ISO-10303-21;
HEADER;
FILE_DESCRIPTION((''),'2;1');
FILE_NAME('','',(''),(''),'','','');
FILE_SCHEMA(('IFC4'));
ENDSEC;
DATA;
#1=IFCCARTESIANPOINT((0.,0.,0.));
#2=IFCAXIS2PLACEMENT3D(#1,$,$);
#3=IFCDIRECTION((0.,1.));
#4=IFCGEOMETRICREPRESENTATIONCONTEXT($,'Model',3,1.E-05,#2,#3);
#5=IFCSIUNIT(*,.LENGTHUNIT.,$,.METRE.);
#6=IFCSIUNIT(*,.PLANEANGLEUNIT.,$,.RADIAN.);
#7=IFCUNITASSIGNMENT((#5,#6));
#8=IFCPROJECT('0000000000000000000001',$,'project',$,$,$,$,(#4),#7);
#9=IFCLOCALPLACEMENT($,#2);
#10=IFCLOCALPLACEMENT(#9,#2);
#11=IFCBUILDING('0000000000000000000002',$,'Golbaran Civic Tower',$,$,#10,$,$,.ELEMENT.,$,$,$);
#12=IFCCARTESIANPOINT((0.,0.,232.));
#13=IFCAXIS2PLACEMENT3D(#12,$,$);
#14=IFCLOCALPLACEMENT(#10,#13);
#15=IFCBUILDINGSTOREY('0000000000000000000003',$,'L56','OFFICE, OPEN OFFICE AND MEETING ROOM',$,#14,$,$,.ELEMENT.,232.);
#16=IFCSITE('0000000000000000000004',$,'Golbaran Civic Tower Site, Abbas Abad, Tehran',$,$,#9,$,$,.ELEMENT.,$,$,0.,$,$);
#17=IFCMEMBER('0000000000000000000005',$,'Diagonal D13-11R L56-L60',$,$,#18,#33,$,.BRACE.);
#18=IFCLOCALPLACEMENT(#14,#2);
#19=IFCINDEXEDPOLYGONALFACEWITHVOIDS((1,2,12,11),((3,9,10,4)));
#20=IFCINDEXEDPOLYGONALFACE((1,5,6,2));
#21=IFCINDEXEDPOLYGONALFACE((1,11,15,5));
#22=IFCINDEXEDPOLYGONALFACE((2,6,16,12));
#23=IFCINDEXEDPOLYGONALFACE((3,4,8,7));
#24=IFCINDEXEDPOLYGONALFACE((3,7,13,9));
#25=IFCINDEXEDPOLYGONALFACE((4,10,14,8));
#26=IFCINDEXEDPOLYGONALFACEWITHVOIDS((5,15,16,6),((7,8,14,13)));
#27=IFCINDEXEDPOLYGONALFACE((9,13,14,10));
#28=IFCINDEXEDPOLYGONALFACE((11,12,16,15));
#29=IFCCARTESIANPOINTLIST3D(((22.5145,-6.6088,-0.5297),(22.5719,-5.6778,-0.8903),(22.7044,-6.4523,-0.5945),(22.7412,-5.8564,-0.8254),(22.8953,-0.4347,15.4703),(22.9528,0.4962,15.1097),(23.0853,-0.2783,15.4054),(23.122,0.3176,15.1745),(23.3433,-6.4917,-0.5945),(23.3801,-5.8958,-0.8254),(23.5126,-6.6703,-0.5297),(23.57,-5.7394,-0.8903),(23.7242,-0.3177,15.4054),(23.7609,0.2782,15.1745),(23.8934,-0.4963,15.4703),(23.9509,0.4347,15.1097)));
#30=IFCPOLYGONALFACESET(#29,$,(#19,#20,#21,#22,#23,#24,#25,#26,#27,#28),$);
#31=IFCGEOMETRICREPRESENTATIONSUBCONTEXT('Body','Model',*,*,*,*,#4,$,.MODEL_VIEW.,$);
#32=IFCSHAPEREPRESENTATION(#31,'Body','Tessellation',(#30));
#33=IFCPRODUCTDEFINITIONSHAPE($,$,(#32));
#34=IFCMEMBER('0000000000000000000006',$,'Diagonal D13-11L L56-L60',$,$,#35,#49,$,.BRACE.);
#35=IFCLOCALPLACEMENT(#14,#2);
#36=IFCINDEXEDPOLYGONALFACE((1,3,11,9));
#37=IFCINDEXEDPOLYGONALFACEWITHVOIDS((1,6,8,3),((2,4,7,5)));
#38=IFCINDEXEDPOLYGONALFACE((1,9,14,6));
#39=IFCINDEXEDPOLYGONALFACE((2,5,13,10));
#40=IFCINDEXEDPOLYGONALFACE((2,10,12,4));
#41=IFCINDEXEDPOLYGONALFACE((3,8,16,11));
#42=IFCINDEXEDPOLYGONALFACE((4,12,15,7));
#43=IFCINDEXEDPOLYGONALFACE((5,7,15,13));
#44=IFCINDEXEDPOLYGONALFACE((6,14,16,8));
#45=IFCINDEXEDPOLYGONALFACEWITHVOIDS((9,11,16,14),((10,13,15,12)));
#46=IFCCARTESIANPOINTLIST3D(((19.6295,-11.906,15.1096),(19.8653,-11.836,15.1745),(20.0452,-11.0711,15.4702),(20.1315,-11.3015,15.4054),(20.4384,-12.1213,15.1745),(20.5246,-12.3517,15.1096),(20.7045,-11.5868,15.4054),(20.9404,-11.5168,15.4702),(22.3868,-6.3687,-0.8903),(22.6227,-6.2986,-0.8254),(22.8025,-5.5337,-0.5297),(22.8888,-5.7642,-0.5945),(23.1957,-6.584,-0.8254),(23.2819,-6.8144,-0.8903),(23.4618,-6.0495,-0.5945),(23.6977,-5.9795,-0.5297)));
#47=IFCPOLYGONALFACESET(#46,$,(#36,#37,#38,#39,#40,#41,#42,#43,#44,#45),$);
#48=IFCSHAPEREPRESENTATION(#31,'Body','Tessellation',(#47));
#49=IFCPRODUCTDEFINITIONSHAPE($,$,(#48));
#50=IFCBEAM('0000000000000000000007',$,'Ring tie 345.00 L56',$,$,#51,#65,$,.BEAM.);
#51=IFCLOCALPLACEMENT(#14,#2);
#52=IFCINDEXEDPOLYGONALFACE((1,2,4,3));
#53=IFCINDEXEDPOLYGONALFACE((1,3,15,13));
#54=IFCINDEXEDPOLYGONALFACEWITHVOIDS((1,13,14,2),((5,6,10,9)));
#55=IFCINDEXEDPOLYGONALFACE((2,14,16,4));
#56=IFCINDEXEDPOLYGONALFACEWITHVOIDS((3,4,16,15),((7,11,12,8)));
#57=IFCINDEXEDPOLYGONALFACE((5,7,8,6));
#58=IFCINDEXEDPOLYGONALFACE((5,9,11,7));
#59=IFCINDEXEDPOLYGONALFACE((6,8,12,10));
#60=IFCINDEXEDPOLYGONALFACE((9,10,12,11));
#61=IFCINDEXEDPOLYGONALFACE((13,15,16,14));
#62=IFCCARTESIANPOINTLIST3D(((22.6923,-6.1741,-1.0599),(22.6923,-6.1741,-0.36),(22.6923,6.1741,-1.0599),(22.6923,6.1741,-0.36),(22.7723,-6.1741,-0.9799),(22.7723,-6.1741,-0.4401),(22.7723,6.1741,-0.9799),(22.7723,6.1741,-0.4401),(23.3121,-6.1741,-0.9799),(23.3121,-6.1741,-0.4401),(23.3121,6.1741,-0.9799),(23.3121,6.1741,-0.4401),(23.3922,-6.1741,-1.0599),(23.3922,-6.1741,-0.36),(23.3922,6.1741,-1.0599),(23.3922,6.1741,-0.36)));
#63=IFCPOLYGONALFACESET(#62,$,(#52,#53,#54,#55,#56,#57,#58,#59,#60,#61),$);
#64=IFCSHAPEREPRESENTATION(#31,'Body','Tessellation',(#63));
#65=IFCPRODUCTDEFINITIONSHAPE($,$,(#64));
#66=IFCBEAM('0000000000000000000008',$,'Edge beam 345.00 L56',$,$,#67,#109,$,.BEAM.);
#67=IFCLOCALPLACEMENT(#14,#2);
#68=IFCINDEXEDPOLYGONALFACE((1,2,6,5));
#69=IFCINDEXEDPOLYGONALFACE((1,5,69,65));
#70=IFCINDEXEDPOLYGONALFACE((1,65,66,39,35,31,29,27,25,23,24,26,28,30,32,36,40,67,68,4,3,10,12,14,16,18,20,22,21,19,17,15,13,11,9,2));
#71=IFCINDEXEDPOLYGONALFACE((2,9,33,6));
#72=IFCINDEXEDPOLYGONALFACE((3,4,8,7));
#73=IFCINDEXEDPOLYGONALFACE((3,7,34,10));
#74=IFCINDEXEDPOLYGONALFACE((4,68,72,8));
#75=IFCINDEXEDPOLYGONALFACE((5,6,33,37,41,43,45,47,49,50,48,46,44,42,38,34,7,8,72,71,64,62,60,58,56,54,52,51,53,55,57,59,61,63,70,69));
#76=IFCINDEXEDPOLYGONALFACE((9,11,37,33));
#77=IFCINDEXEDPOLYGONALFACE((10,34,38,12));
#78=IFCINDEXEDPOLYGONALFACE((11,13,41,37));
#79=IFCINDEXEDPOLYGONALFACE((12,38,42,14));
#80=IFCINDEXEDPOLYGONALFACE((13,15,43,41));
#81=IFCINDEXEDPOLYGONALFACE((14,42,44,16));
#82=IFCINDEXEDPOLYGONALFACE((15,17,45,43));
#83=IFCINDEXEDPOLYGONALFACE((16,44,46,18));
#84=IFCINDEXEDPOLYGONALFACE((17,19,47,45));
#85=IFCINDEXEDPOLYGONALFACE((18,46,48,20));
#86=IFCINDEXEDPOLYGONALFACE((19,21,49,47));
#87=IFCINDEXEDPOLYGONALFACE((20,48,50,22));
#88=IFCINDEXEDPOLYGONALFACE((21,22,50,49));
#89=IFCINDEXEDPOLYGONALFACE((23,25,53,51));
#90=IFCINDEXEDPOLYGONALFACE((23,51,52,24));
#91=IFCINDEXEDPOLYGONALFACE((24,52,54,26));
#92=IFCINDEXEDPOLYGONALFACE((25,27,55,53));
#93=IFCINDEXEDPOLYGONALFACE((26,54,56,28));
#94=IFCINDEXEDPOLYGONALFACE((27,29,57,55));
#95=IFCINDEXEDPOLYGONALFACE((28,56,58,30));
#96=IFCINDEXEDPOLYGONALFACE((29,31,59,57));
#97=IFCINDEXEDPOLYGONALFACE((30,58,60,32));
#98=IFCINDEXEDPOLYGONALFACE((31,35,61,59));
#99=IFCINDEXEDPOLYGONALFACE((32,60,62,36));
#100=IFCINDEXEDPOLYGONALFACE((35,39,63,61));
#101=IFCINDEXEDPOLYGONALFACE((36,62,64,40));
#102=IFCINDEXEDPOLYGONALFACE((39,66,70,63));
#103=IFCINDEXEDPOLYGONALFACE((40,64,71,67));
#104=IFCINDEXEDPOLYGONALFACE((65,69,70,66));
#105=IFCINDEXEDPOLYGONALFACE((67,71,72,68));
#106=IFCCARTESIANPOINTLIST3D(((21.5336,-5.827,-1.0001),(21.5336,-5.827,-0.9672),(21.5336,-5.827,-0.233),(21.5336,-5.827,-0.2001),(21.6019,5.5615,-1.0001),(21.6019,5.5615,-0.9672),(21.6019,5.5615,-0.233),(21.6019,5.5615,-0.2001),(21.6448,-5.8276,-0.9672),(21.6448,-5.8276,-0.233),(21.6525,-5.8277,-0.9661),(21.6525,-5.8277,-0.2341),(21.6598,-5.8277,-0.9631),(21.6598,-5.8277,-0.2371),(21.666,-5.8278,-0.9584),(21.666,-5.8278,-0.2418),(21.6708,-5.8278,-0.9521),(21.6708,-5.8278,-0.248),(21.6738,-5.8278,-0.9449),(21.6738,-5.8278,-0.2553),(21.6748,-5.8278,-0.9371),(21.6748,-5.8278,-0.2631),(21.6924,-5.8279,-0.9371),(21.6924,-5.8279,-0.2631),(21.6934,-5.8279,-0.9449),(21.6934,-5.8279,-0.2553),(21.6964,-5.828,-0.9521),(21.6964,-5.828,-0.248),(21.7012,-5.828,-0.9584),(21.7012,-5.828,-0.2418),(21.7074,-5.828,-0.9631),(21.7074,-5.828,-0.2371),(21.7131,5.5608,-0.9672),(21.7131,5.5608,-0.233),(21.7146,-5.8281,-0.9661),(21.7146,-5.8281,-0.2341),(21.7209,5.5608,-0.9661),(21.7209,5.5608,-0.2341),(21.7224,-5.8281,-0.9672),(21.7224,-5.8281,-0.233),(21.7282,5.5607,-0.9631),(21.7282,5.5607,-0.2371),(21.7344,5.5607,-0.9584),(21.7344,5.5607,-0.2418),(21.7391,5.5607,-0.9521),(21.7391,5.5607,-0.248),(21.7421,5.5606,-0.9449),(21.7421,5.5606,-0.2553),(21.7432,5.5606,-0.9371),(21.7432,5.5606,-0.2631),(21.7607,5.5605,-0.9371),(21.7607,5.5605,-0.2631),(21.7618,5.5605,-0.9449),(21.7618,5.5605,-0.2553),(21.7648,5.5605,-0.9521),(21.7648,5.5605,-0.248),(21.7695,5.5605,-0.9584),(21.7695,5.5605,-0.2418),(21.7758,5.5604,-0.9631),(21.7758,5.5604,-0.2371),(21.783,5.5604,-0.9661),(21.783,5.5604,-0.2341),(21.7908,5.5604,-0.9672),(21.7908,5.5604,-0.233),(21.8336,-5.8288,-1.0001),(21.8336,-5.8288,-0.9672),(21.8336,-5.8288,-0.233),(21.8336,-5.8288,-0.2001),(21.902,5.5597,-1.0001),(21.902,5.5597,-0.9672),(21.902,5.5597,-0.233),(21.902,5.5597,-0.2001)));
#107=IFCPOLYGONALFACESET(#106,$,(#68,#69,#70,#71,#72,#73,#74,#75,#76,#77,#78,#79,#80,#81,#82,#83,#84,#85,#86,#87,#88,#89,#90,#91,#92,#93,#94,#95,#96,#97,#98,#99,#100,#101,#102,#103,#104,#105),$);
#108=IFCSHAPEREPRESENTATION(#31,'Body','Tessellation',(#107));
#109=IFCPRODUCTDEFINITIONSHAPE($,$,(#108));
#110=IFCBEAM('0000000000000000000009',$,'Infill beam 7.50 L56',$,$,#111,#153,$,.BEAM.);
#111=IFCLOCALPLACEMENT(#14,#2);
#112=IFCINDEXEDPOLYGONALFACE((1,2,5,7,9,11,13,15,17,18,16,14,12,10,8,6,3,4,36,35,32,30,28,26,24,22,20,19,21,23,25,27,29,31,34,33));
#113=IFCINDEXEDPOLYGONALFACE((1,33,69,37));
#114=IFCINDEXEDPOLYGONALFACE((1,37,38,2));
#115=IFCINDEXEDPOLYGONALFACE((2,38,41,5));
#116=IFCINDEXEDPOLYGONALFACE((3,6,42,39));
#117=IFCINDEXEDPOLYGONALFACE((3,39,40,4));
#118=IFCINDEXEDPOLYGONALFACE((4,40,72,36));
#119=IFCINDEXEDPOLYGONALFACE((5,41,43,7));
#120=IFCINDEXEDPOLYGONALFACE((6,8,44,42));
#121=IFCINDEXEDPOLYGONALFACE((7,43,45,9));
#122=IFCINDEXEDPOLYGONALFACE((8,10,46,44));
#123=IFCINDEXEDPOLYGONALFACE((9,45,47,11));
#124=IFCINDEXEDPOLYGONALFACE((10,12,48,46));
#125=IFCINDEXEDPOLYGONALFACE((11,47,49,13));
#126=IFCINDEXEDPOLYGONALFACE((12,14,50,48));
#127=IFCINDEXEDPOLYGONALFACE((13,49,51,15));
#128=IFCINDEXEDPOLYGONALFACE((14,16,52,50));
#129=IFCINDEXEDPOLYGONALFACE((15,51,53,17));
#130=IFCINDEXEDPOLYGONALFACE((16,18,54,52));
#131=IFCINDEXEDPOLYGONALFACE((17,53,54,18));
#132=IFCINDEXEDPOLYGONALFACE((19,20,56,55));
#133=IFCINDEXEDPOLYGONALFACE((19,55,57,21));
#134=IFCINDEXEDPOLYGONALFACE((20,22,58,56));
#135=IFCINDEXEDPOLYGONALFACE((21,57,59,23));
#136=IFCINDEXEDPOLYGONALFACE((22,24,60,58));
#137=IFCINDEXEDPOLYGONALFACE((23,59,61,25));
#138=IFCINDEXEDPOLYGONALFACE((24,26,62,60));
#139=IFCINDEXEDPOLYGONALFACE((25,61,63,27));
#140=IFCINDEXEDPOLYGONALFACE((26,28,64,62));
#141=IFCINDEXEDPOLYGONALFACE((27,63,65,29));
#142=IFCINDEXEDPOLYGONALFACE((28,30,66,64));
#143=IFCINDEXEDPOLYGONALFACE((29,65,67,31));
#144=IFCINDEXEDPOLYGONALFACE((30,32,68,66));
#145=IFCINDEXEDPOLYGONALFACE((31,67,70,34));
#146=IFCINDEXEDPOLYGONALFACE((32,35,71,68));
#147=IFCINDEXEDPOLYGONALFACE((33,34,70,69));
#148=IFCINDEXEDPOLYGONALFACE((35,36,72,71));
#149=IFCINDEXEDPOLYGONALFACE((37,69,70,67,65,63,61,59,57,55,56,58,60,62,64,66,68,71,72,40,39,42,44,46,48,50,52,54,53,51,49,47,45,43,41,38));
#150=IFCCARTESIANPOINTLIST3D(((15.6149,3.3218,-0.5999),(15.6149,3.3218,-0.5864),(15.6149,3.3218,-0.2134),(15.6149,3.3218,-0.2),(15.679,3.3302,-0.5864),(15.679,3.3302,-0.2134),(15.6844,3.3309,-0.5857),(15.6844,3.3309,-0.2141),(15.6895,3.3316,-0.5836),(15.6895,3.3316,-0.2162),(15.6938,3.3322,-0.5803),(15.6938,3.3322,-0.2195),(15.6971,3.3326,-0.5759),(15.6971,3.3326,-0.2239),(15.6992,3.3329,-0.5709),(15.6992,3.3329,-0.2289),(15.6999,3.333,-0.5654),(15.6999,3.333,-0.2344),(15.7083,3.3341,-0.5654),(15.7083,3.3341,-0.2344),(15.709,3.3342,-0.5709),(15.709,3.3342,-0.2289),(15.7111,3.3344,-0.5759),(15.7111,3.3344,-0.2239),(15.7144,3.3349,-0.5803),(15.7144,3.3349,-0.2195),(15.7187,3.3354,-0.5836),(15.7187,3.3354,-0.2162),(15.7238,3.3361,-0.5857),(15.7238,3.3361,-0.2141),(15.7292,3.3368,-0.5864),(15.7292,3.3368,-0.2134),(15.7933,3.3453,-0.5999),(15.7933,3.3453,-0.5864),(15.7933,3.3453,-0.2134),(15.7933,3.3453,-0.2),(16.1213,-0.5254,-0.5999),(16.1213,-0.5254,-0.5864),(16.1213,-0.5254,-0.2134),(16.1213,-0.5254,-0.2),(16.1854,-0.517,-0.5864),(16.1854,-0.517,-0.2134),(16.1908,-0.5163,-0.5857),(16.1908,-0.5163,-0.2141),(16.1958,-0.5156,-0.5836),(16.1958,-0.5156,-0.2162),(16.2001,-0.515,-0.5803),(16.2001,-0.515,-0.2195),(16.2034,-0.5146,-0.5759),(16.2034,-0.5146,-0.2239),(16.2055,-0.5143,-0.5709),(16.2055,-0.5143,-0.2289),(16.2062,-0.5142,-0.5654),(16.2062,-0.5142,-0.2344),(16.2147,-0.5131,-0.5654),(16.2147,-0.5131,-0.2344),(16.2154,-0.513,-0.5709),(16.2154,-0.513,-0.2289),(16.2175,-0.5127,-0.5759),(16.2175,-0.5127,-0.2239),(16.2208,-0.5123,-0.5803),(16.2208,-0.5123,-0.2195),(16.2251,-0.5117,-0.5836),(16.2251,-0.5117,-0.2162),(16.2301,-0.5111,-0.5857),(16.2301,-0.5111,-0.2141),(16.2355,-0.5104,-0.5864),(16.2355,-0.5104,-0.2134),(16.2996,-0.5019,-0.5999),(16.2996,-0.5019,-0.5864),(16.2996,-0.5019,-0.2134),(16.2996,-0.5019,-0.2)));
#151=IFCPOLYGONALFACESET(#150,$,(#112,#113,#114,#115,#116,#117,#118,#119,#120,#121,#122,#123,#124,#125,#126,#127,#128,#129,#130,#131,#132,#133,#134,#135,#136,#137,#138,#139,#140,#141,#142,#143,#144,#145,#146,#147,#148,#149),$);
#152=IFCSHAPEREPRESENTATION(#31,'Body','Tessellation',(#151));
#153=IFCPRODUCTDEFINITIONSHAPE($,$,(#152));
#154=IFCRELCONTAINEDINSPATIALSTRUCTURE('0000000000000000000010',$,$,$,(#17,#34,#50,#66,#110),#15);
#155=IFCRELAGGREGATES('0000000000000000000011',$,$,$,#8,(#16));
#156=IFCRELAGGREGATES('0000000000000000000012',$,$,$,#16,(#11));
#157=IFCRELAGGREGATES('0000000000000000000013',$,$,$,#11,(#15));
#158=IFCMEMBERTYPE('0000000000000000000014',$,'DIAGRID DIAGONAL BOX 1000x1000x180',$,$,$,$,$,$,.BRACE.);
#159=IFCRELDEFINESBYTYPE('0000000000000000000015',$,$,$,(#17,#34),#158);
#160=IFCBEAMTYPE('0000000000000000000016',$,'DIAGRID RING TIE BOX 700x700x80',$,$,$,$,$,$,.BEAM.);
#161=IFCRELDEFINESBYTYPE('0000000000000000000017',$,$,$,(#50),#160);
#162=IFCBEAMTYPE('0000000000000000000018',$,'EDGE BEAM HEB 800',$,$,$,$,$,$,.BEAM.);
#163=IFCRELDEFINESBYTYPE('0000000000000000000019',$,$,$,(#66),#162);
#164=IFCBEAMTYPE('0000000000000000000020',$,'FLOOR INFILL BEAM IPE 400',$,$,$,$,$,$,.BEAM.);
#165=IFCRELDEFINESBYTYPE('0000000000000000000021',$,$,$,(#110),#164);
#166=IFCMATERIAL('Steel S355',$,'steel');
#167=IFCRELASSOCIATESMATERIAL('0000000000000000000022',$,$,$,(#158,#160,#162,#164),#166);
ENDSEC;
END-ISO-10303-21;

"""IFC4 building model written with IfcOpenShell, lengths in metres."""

from ifc_helpers import new_model, si_unit, direction, frame, origin, origin_2d, place, context, subcontext, project, spatial, hollow_rectangle, i_section, extrude, material, material_profile, profile_set, type_object, element, save


model = new_model("IFC4")

# Units and contexts
model_context = context("Model", 3, precision=1e-05, world=origin(), true_north=direction((0.0, 1.0)))
body_context = subcontext(model_context, "Body", "Model", "MODEL_VIEW")
ifc_project = project(units=[si_unit("LENGTHUNIT", "METRE"), si_unit("PLANEANGLEUNIT", "RADIAN")], contexts=[model_context])

# Site, building, storey
site_placement = place(None, origin())
site = spatial("IfcSite", under=ifc_project, at=site_placement, Name="Golbaran Civic Tower Site, Abbas Abad, Tehran", CompositionType="ELEMENT", RefElevation=0.0)
building_placement = place(site_placement, origin())
building = spatial("IfcBuilding", under=site, at=building_placement, Name="Golbaran Civic Tower", CompositionType="ELEMENT")
storey_placement = place(building_placement, frame((0.0, 0.0, 232.0)))
storey = spatial("IfcBuildingStorey", under=building, at=storey_placement, Name="L56", Description="OFFICE, OPEN OFFICE AND MEETING ROOM", CompositionType="ELEMENT", Elevation=232.0)

# Members
ifc_material_1 = material(Name="Steel S355", Category="steel")
ifc_material_profile_1 = material_profile(ifc_material_1, hollow_rectangle(XDim=1.0, YDim=1.0, WallThickness=0.1799, at=origin_2d()), Name="BOX 1000x1000x180")
ifc_profile_set_1 = profile_set([ifc_material_profile_1], Name="Steel S355")
member_type_1 = type_object("IfcMemberType", Name="DIAGRID DIAGONAL BOX 1000x1000x180", PredefinedType="BRACE", material=ifc_profile_set_1)
for number, where, z_axis, x_axis, name in (
    (1, (23.0422, -6.1741, -0.71), (0.022202, 0.359918, 0.93272), (-0.998103, 0.06157, 0.0), "Diagonal D13-11R L56-L60"),
    (2, (23.0422, -6.1741, -0.71), (-0.160738, -0.3228, 0.932718), (0.89516, -0.445745, 0.0), "Diagonal D13-11L L56-L60"),
):
    element("IfcMember", number, at=place(storey_placement, frame(where, z_axis=z_axis, x_axis=x_axis)), inside=storey, type_object=member_type_1, Name=name, PredefinedType="BRACE", context=body_context, shape_type="SweptSolid", body=[
        extrude(hollow_rectangle(XDim=1.0, YDim=1.0, WallThickness=0.1799, at=origin_2d()), origin(), (0.0, 0.0, 1.0), 17.1541),
    ])

# Beams
ifc_material_profile_2 = material_profile(ifc_material_1, hollow_rectangle(XDim=0.7, YDim=0.7, WallThickness=0.0801, at=origin_2d()), Name="BOX 700x700x80")
ifc_profile_set_2 = profile_set([ifc_material_profile_2], Name="Steel S355")
beam_type_1 = type_object("IfcBeamType", Name="DIAGRID RING TIE BOX 700x700x80", PredefinedType="BEAM", material=ifc_profile_set_2)
beam_1_placement = place(storey_placement, frame((23.0422, -6.1741, -0.71), z_axis=(0.0, 1.0, 0.0), x_axis=(-1.0, 0.0, 0.0)))
element("IfcBeam", 3, at=beam_1_placement, inside=storey, type_object=beam_type_1, Name="Ring tie 345.00 L56", PredefinedType="BEAM", context=body_context, shape_type="SweptSolid", body=[
    extrude(hollow_rectangle(XDim=0.7, YDim=0.7, WallThickness=0.0801, at=origin_2d()), origin(), (0.0, 0.0, 1.0), 12.3481),
])
ifc_material_profile_3 = material_profile(ifc_material_1, i_section(OverallWidth=0.3, OverallDepth=0.8, WebThickness=0.0176, FlangeThickness=0.033, FilletRadius=0.03, at=origin_2d()), Name="HEB 800")
ifc_profile_set_3 = profile_set([ifc_material_profile_3], Name="Steel S355")
beam_type_2 = type_object("IfcBeamType", Name="EDGE BEAM HEB 800", PredefinedType="BEAM", material=ifc_profile_set_3)
beam_2_placement = place(storey_placement, frame((21.6836, -5.8279, -0.6001), z_axis=(0.006002, 0.999982, 0.0), x_axis=(-0.999982, 0.006002, 0.0)))
element("IfcBeam", 4, at=beam_2_placement, inside=storey, type_object=beam_type_2, Name="Edge beam 345.00 L56", PredefinedType="BEAM", context=body_context, shape_type="SweptSolid", body=[
    extrude(i_section(OverallWidth=0.3, OverallDepth=0.8, WebThickness=0.0176, FlangeThickness=0.033, FilletRadius=0.03, at=origin_2d()), origin(), (0.0, 0.0, 1.0), 11.3887),
])
ifc_material_profile_4 = material_profile(ifc_material_1, i_section(OverallWidth=0.1799, OverallDepth=0.3999, WebThickness=0.0085, FlangeThickness=0.0134, FilletRadius=0.021, at=origin_2d()), Name="IPE 400")
ifc_profile_set_4 = profile_set([ifc_material_profile_4], Name="Steel S355")
beam_type_3 = type_object("IfcBeamType", Name="FLOOR INFILL BEAM IPE 400", PredefinedType="BEAM", material=ifc_profile_set_4)
beam_3_placement = place(storey_placement, frame((16.2104, -0.5137, -0.3999), z_axis=(-0.13049, 0.99145, 0.0), x_axis=(-0.99145, -0.13049, 0.0)))
element("IfcBeam", 5, at=beam_3_placement, inside=storey, type_object=beam_type_3, Name="Infill beam 7.50 L56", PredefinedType="BEAM", context=body_context, shape_type="SweptSolid", body=[
    extrude(i_section(OverallWidth=0.1799, OverallDepth=0.3999, WebThickness=0.0085, FlangeThickness=0.0134, FilletRadius=0.021, at=origin_2d()), origin(), (0.0, 0.0, 1.0), 3.8804),
])

save(model, "model.ifc")
